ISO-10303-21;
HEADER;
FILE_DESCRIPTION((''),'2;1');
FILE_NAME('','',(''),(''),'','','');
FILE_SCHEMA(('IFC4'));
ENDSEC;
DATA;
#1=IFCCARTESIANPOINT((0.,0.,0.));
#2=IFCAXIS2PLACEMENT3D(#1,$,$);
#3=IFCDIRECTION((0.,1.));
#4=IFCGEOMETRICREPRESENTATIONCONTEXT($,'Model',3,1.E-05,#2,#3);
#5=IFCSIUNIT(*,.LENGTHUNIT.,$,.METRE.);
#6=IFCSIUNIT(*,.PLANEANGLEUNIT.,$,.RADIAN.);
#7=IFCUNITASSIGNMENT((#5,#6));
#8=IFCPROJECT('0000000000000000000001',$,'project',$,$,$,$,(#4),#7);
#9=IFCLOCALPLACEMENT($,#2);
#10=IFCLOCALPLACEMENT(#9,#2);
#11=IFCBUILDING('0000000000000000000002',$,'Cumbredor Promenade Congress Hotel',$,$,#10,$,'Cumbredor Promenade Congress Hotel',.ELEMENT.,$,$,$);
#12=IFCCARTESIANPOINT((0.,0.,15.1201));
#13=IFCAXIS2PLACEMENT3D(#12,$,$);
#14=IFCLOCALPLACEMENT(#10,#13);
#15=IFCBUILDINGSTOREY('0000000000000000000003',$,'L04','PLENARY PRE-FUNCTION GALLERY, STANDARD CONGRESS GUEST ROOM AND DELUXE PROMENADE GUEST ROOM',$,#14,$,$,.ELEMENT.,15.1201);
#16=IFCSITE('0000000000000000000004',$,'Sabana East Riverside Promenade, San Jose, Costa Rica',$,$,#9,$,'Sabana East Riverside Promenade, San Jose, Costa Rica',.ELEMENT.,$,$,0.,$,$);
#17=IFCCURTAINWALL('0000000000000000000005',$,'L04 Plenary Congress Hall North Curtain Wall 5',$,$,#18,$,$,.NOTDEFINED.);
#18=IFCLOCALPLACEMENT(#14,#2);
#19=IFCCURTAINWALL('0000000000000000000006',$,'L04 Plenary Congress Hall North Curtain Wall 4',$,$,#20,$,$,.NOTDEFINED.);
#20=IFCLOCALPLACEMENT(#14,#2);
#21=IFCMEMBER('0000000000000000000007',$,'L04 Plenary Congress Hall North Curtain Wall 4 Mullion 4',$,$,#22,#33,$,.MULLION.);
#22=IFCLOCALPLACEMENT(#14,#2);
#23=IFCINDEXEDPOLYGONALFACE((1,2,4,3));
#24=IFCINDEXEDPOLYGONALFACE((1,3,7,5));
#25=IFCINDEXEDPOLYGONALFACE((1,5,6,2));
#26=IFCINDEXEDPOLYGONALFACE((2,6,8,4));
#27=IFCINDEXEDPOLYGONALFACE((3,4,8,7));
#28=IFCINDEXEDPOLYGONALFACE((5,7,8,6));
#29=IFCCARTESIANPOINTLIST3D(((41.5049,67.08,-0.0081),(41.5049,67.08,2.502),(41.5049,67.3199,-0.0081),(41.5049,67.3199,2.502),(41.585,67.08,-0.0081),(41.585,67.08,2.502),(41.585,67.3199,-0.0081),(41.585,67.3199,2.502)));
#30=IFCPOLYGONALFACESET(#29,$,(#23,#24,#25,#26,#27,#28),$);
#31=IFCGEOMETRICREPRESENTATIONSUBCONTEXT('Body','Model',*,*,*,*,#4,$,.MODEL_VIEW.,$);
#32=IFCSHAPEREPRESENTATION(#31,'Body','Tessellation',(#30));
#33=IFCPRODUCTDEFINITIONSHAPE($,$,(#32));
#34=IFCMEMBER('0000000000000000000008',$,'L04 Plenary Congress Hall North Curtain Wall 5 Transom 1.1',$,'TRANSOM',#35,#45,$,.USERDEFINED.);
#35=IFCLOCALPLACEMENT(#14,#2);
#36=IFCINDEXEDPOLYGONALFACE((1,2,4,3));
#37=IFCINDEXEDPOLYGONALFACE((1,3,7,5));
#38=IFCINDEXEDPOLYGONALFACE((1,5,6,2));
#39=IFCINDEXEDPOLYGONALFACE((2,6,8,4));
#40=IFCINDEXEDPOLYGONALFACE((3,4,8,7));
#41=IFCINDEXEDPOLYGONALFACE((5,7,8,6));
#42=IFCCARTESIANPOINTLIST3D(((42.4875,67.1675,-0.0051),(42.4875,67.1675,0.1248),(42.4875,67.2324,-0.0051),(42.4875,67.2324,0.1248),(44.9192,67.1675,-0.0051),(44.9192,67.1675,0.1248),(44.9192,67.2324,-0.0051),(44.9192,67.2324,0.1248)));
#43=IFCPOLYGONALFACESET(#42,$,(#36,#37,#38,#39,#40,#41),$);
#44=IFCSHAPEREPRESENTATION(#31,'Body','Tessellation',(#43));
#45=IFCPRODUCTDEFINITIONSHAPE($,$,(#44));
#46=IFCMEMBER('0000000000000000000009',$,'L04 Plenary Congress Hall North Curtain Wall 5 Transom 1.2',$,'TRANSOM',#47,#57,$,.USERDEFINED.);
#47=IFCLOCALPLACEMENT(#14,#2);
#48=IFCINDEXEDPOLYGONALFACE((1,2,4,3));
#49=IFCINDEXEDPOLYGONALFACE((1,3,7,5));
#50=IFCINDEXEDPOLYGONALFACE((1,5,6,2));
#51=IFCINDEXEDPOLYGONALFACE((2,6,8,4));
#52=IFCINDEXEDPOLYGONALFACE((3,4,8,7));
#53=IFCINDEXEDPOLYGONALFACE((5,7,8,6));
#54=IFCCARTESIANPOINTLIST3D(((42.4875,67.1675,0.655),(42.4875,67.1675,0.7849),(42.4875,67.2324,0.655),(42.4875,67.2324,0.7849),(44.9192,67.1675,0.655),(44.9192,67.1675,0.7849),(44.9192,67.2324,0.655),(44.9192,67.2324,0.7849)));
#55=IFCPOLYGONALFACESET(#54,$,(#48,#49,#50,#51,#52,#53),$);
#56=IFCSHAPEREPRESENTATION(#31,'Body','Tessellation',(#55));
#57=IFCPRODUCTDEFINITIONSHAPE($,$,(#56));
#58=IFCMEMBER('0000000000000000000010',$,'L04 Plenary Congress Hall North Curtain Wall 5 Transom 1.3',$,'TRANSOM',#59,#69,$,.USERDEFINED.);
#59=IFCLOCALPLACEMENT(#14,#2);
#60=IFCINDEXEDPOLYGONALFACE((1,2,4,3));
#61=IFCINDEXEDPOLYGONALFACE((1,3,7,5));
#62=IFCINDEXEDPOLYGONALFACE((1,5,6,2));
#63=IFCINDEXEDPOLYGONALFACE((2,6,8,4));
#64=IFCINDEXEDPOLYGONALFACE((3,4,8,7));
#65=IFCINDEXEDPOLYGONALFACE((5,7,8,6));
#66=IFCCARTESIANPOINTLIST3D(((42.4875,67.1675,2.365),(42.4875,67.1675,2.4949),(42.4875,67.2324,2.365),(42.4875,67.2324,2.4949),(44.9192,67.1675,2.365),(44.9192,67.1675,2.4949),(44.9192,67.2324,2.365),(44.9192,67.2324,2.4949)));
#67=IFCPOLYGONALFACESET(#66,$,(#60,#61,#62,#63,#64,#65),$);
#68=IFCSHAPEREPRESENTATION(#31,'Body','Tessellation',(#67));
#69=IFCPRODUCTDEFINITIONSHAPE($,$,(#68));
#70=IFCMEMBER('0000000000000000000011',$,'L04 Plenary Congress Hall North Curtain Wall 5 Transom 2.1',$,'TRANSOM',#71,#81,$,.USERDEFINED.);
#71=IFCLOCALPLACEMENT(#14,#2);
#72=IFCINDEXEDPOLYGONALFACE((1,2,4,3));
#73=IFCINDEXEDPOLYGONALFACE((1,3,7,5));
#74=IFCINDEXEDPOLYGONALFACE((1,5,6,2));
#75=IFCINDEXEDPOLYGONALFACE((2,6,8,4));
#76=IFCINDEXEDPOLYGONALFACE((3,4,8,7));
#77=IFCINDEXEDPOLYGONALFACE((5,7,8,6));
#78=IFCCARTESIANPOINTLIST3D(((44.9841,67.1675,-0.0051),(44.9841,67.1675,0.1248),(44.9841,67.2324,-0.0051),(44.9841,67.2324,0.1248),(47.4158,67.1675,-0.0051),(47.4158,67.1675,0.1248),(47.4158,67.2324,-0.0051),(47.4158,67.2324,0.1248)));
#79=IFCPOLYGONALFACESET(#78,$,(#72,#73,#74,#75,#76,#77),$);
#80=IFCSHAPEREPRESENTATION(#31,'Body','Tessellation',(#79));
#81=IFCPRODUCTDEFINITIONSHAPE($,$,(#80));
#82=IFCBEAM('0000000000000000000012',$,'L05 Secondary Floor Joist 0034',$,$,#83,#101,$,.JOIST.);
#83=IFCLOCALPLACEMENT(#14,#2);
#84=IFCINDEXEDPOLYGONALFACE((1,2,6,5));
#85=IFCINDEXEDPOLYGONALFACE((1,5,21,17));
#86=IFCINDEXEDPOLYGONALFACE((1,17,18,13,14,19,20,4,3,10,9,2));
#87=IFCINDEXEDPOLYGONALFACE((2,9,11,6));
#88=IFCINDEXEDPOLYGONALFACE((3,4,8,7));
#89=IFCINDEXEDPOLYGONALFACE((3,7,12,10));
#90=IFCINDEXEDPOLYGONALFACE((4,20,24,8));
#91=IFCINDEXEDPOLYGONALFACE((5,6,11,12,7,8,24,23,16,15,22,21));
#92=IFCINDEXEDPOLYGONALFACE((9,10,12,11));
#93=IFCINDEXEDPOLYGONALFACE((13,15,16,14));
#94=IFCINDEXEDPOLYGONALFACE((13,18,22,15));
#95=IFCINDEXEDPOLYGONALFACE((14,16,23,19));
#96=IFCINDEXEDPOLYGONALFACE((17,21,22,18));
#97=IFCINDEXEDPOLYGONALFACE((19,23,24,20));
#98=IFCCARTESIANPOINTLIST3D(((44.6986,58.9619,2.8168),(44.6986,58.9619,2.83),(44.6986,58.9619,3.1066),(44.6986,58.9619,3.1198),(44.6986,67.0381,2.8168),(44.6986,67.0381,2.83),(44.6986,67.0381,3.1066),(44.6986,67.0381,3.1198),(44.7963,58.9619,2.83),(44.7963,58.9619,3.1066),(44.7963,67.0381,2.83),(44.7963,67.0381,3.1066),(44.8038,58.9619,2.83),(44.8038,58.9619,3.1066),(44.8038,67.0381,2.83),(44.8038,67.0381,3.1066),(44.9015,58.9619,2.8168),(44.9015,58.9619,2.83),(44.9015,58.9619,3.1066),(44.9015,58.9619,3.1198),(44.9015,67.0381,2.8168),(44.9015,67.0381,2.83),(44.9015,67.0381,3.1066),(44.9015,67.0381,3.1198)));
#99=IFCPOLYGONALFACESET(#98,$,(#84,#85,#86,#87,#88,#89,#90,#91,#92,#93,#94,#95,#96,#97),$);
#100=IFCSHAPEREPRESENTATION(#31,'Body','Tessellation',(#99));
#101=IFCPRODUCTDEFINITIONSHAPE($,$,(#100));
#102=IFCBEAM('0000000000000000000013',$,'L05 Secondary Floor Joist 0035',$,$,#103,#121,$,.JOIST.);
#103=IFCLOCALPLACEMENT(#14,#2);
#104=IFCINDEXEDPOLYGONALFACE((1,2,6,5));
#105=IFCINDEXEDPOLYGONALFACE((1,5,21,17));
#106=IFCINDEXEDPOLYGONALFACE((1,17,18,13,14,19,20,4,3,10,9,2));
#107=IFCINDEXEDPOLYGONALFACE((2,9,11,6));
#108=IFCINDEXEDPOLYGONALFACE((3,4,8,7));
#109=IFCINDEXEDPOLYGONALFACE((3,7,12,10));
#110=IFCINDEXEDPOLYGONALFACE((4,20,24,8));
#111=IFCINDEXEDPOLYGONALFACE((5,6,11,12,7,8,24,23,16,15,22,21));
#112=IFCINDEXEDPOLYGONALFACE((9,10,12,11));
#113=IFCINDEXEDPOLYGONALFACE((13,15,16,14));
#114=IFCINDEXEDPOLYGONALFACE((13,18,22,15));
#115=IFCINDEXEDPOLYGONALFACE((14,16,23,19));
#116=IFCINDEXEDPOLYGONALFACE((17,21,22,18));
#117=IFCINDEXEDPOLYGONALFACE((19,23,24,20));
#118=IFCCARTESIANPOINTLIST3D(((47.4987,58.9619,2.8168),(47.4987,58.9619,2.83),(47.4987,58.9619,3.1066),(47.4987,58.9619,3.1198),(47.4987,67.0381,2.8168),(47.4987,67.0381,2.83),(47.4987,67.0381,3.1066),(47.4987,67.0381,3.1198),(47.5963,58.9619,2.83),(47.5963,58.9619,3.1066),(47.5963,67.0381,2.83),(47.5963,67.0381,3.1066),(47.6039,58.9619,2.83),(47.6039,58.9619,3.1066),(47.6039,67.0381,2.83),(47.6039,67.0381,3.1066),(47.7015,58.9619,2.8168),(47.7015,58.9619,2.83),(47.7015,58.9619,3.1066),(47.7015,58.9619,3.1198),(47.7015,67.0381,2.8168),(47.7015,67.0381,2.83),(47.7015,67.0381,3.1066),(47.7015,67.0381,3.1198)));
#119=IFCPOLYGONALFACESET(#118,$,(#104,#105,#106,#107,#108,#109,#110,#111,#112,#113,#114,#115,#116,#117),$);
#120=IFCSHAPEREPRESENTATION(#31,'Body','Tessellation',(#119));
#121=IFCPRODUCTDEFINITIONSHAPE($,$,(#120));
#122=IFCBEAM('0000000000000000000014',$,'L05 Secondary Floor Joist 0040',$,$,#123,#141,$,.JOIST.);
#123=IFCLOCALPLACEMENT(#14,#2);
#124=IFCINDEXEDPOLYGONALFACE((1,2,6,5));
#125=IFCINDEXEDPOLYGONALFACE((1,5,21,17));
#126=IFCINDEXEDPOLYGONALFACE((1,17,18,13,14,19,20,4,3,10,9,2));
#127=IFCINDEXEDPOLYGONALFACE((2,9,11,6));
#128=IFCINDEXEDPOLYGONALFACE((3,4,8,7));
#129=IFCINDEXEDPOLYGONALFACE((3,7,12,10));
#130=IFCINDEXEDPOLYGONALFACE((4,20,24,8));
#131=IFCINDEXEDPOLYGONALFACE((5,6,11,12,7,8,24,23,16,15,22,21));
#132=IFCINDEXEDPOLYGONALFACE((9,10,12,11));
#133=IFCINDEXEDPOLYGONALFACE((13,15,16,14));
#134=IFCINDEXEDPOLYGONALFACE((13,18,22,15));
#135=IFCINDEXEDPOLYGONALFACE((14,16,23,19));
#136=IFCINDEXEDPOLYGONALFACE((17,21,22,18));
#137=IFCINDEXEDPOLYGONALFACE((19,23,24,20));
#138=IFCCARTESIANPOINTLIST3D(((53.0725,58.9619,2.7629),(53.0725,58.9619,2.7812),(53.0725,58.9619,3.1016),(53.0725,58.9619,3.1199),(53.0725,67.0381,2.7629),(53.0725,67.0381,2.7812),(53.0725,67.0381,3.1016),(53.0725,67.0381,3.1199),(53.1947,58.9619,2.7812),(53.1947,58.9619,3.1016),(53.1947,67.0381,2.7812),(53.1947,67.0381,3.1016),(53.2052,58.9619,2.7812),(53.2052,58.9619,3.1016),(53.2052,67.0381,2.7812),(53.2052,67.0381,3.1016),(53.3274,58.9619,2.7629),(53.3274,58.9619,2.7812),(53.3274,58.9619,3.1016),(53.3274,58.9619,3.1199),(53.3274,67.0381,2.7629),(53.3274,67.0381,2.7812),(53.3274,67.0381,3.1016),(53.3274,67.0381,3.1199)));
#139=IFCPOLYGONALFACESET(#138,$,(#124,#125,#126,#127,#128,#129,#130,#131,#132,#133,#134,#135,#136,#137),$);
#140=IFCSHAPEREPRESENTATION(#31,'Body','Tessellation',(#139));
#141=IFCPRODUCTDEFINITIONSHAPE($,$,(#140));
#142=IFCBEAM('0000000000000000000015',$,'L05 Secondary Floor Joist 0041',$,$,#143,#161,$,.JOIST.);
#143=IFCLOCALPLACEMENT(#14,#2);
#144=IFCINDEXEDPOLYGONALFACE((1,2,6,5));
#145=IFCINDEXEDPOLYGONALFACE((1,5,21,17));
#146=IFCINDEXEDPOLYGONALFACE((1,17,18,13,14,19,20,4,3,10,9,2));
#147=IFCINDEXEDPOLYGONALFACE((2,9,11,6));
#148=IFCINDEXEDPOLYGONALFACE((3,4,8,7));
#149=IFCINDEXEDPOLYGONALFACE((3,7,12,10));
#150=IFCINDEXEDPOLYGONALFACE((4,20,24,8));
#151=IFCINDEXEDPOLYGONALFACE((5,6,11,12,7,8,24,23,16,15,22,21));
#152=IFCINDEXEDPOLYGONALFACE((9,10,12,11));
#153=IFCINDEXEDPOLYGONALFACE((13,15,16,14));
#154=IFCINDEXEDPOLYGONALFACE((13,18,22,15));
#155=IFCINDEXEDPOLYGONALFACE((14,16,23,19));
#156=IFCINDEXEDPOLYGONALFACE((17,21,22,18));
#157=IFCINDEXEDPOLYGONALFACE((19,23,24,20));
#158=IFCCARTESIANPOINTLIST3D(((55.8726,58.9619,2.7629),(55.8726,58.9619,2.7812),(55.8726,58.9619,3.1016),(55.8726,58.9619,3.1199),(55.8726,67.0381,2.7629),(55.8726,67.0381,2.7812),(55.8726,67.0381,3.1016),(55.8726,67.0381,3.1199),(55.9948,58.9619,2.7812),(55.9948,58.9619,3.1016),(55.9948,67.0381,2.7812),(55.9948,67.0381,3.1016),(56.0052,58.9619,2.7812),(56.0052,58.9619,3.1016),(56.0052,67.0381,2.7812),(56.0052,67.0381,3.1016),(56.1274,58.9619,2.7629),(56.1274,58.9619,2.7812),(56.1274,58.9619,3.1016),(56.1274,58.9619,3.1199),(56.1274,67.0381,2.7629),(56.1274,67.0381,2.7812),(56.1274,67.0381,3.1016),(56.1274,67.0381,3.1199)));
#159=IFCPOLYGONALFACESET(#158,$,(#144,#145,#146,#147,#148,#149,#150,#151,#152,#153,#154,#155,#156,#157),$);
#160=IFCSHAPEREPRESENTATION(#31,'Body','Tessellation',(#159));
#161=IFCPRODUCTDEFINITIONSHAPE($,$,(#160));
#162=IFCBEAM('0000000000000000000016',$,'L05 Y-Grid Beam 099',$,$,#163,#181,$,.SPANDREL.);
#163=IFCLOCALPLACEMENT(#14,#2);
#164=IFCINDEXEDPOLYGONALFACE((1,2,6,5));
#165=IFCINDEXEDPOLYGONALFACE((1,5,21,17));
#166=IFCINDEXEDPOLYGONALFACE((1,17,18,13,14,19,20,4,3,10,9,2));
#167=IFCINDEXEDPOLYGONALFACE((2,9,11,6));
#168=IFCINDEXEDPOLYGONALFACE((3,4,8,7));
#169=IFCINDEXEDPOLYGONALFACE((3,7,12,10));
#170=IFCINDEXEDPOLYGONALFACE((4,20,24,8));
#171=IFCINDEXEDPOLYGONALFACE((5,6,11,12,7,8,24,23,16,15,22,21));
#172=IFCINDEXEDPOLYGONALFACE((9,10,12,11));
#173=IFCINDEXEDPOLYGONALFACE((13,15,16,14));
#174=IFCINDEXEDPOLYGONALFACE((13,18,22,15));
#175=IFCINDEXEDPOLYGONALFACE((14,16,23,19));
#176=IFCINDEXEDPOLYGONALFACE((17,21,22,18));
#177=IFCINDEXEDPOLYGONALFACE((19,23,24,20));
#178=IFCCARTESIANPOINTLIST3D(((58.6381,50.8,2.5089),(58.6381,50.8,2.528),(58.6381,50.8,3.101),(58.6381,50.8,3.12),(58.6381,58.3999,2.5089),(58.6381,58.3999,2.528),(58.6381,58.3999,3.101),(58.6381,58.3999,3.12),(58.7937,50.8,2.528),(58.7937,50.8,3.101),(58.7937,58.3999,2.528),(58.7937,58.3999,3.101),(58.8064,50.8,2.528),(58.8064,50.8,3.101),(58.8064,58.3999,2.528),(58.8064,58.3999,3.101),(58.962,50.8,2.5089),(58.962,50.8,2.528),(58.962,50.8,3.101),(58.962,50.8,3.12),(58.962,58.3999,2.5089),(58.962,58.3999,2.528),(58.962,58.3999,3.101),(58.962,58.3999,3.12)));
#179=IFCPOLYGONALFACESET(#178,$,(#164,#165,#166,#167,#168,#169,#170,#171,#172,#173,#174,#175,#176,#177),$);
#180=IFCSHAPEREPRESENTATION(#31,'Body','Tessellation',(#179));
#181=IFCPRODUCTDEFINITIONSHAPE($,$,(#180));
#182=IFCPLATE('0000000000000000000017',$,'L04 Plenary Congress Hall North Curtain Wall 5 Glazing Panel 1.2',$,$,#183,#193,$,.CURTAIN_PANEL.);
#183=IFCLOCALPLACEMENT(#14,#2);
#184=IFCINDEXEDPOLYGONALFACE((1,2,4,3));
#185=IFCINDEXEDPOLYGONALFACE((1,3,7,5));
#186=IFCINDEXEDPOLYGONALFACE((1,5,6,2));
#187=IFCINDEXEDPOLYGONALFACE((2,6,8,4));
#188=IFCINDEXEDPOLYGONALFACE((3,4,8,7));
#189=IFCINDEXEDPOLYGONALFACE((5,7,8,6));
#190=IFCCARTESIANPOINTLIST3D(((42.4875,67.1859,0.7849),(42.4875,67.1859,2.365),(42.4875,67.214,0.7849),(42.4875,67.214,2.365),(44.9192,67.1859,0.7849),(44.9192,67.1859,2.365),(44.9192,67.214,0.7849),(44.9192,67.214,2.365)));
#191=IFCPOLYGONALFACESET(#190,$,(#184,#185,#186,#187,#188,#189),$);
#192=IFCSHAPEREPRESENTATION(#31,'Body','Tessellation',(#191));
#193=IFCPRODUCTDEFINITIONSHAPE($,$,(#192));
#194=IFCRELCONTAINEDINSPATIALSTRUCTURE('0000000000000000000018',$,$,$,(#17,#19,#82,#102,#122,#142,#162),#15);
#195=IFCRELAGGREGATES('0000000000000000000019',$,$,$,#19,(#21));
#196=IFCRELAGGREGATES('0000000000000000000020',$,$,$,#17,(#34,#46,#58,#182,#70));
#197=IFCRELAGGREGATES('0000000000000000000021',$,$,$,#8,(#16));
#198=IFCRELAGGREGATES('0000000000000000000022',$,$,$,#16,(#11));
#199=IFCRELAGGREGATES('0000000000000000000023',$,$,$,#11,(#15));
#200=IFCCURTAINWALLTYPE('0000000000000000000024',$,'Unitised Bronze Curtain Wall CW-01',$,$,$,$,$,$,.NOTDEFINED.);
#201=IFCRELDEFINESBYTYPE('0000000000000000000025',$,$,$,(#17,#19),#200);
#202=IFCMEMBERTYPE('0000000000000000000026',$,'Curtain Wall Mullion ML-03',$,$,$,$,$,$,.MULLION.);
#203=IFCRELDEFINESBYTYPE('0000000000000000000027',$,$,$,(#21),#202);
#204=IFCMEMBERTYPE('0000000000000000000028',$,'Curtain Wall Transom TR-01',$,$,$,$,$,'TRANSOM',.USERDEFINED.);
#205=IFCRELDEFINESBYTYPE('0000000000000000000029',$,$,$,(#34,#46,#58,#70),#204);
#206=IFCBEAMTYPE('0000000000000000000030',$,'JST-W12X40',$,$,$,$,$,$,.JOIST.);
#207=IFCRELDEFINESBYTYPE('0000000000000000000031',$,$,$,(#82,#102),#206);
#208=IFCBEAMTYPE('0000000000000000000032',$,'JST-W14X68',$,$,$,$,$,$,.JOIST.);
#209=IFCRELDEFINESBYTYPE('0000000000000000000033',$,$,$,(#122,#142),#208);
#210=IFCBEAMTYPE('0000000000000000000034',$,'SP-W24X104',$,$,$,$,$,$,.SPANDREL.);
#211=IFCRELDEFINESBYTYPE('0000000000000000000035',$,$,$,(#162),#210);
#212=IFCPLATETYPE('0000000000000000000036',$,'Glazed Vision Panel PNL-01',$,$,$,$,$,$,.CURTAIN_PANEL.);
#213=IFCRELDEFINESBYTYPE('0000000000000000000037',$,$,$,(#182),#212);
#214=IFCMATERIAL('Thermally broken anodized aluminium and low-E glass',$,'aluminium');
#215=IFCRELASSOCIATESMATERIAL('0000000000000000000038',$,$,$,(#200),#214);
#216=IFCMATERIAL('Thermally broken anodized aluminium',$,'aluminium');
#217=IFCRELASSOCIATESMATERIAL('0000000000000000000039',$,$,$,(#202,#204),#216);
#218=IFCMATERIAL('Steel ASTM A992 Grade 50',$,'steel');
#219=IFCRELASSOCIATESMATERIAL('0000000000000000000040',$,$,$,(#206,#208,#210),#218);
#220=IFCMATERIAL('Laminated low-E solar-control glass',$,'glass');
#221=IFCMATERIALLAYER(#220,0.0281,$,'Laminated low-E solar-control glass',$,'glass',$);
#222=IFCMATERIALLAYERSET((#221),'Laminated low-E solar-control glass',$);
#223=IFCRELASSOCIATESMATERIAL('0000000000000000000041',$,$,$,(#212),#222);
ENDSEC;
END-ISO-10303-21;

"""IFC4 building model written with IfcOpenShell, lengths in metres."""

from ifc_helpers import new_model, si_unit, direction, frame, origin, origin_2d, place, context, subcontext, project, spatial, rectangle, i_section, extrude, material, layer, layer_set, material_profile, profile_set, type_object, element, aggregate, save


model = new_model("IFC4")

# Units and contexts
model_context = context("Model", 3, precision=1e-05, world=origin(), true_north=direction((0.0, 1.0)))
body_context = subcontext(model_context, "Body", "Model", "MODEL_VIEW")
ifc_project = project(units=[si_unit("LENGTHUNIT", "METRE"), si_unit("PLANEANGLEUNIT", "RADIAN")], contexts=[model_context])

# Site, building, storey
site_placement = place(None, origin())
site = spatial("IfcSite", under=ifc_project, at=site_placement, Name="Sabana East Riverside Promenade, San Jose, Costa Rica", LongName="Sabana East Riverside Promenade, San Jose, Costa Rica", CompositionType="ELEMENT", RefElevation=0.0)
building_placement = place(site_placement, origin())
building = spatial("IfcBuilding", under=site, at=building_placement, Name="Cumbredor Promenade Congress Hotel", LongName="Cumbredor Promenade Congress Hotel", CompositionType="ELEMENT")
storey_placement = place(building_placement, frame((0.0, 0.0, 15.1201)))
storey = spatial("IfcBuildingStorey", under=building, at=storey_placement, Name="L04", Description="PLENARY PRE-FUNCTION GALLERY, STANDARD CONGRESS GUEST ROOM AND DELUXE PROMENADE GUEST ROOM", CompositionType="ELEMENT", Elevation=15.1201)

# Shared definitions
ifc_material_1 = material(Name="Steel ASTM A992 Grade 50", Category="steel")

# Curtain wall
ifc_material_2 = material(Name="Thermally broken anodized aluminium and low-E glass", Category="aluminium")
curtain_wall_type = type_object("IfcCurtainWallType", Name="Unitised Bronze Curtain Wall CW-01", PredefinedType="NOTDEFINED", material=ifc_material_2)
curtain_wall_1_placement = place(storey_placement, origin())
curtain_wall_1 = element("IfcCurtainWall", 1, at=curtain_wall_1_placement, inside=storey, type_object=curtain_wall_type, Name="L04 Plenary Congress Hall North Curtain Wall 5", PredefinedType="NOTDEFINED")
ifc_material_3 = material(Name="Thermally broken anodized aluminium", Category="aluminium")

# Curtain wall, member
curtain_wall_2_placement = place(storey_placement, origin())
curtain_wall_2 = element("IfcCurtainWall", 2, at=curtain_wall_2_placement, inside=storey, type_object=curtain_wall_type, Name="L04 Plenary Congress Hall North Curtain Wall 4", PredefinedType="NOTDEFINED")
ifc_material_profile_1 = material_profile(ifc_material_3, rectangle(XDim=0.0801, YDim=0.24, at=origin_2d()), Name="ALU MULLION 80x240")
ifc_profile_set_1 = profile_set([ifc_material_profile_1], Name="Thermally broken anodized aluminium")
member_type_1 = type_object("IfcMemberType", Name="Curtain Wall Mullion ML-03", PredefinedType="MULLION", material=ifc_profile_set_1)
member_1_placement = place(storey_placement, frame((41.5449, 67.2, -0.0081), z_axis=(0.0, 0.0, 1.0), x_axis=(1.0, 0.0, 0.0)))
member_1 = element("IfcMember", 3, at=member_1_placement, type_object=member_type_1, Name="L04 Plenary Congress Hall North Curtain Wall 4 Mullion 4", PredefinedType="MULLION", context=body_context, shape_type="SweptSolid", body=[
    extrude(rectangle(XDim=0.0801, YDim=0.24, at=origin_2d()), origin(), (0.0, 0.0, 1.0), 2.51),
])

# Members
ifc_material_profile_2 = material_profile(ifc_material_3, rectangle(XDim=0.0649, YDim=0.1299, at=origin_2d()), Name="ALU TRANSOM 65x130")
ifc_profile_set_2 = profile_set([ifc_material_profile_2], Name="Thermally broken anodized aluminium")
member_type_2 = type_object("IfcMemberType", Name="Curtain Wall Transom TR-01", ElementType="TRANSOM", PredefinedType="USERDEFINED", material=ifc_profile_set_2)
member_2_placement = place(storey_placement, frame((42.4875, 67.2, 0.0598), z_axis=(1.0, 0.0, 0.0), x_axis=(0.0, 1.0, 0.0)))
member_2 = element("IfcMember", 4, at=member_2_placement, type_object=member_type_2, Name="L04 Plenary Congress Hall North Curtain Wall 5 Transom 1.1", ObjectType="TRANSOM", PredefinedType="USERDEFINED", context=body_context, shape_type="SweptSolid", body=[
    extrude(rectangle(XDim=0.0649, YDim=0.1299, at=origin_2d()), origin(), (0.0, 0.0, 1.0), 2.4316),
])
member_3_placement = place(storey_placement, frame((42.4875, 67.2, 0.72), z_axis=(1.0, 0.0, 0.0), x_axis=(0.0, 1.0, 0.0)))
member_3 = element("IfcMember", 5, at=member_3_placement, type_object=member_type_2, Name="L04 Plenary Congress Hall North Curtain Wall 5 Transom 1.2", ObjectType="TRANSOM", PredefinedType="USERDEFINED", context=body_context, shape_type="SweptSolid", body=[
    extrude(rectangle(XDim=0.0649, YDim=0.1299, at=origin_2d()), origin(), (0.0, 0.0, 1.0), 2.4316),
])
member_4_placement = place(storey_placement, frame((42.4875, 67.2, 2.4299), z_axis=(1.0, 0.0, 0.0), x_axis=(0.0, 1.0, 0.0)))
member_4 = element("IfcMember", 6, at=member_4_placement, type_object=member_type_2, Name="L04 Plenary Congress Hall North Curtain Wall 5 Transom 1.3", ObjectType="TRANSOM", PredefinedType="USERDEFINED", context=body_context, shape_type="SweptSolid", body=[
    extrude(rectangle(XDim=0.0649, YDim=0.1299, at=origin_2d()), origin(), (0.0, 0.0, 1.0), 2.4316),
])
member_5_placement = place(storey_placement, frame((44.9841, 67.2, 0.0598), z_axis=(1.0, 0.0, 0.0), x_axis=(0.0, 1.0, 0.0)))
member_5 = element("IfcMember", 7, at=member_5_placement, type_object=member_type_2, Name="L04 Plenary Congress Hall North Curtain Wall 5 Transom 2.1", ObjectType="TRANSOM", PredefinedType="USERDEFINED", context=body_context, shape_type="SweptSolid", body=[
    extrude(rectangle(XDim=0.0649, YDim=0.1299, at=origin_2d()), origin(), (0.0, 0.0, 1.0), 2.4316),
])

# Beams
ifc_material_profile_3 = material_profile(ifc_material_1, i_section(OverallWidth=0.2029, OverallDepth=0.303, WebThickness=0.0076, FlangeThickness=0.0132, at=origin_2d()), Name="W12X40")
ifc_profile_set_3 = profile_set([ifc_material_profile_3], Name="Steel ASTM A992 Grade 50")
beam_type_1 = type_object("IfcBeamType", Name="JST-W12X40", PredefinedType="JOIST", material=ifc_profile_set_3)
for number, where, z_axis, x_axis, name in (
    (8, (44.8, 58.9619, 2.9683), (0.0, 1.0, 0.0), (-1.0, 0.0, 0.0), "L05 Secondary Floor Joist 0034"),
    (9, (47.6001, 58.9619, 2.9683), (0.0, 1.0, 0.0), (-1.0, 0.0, 0.0), "L05 Secondary Floor Joist 0035"),
):
    element("IfcBeam", number, at=place(storey_placement, frame(where, z_axis=z_axis, x_axis=x_axis)), inside=storey, type_object=beam_type_1, Name=name, PredefinedType="JOIST", context=body_context, shape_type="SweptSolid", body=[
        extrude(i_section(OverallWidth=0.2029, OverallDepth=0.303, WebThickness=0.0076, FlangeThickness=0.0132, at=origin_2d()), origin(), (0.0, 0.0, 1.0), 8.0762),
    ])
ifc_material_profile_4 = material_profile(ifc_material_1, i_section(OverallWidth=0.2549, OverallDepth=0.3569, WebThickness=0.0105, FlangeThickness=0.0183, at=origin_2d()), Name="W14X68")
ifc_profile_set_4 = profile_set([ifc_material_profile_4], Name="Steel ASTM A992 Grade 50")
beam_type_2 = type_object("IfcBeamType", Name="JST-W14X68", PredefinedType="JOIST", material=ifc_profile_set_4)
for number, where, z_axis, x_axis, name in (
    (10, (53.2, 58.9619, 2.9414), (0.0, 1.0, 0.0), (-1.0, 0.0, 0.0), "L05 Secondary Floor Joist 0040"),
    (11, (56.0, 58.9619, 2.9414), (0.0, 1.0, 0.0), (-1.0, 0.0, 0.0), "L05 Secondary Floor Joist 0041"),
):
    element("IfcBeam", number, at=place(storey_placement, frame(where, z_axis=z_axis, x_axis=x_axis)), inside=storey, type_object=beam_type_2, Name=name, PredefinedType="JOIST", context=body_context, shape_type="SweptSolid", body=[
        extrude(i_section(OverallWidth=0.2549, OverallDepth=0.3569, WebThickness=0.0105, FlangeThickness=0.0183, at=origin_2d()), origin(), (0.0, 0.0, 1.0), 8.0762),
    ])
ifc_material_profile_5 = material_profile(ifc_material_1, i_section(OverallWidth=0.324, OverallDepth=0.6111, WebThickness=0.0127, FlangeThickness=0.019, at=origin_2d()), Name="W24X104")
ifc_profile_set_5 = profile_set([ifc_material_profile_5], Name="Steel ASTM A992 Grade 50")
beam_type_3 = type_object("IfcBeamType", Name="SP-W24X104", PredefinedType="SPANDREL", material=ifc_profile_set_5)
beam_1_placement = place(storey_placement, frame((58.8, 50.8, 2.8145), z_axis=(0.0, 1.0, 0.0), x_axis=(-1.0, 0.0, 0.0)))
element("IfcBeam", 12, at=beam_1_placement, inside=storey, type_object=beam_type_3, Name="L05 Y-Grid Beam 099", PredefinedType="SPANDREL", context=body_context, shape_type="SweptSolid", body=[
    extrude(i_section(OverallWidth=0.324, OverallDepth=0.6111, WebThickness=0.0127, FlangeThickness=0.019, at=origin_2d()), origin(), (0.0, 0.0, 1.0), 7.5999),
])

# Plate
ifc_material_4 = material(Name="Laminated low-E solar-control glass", Category="glass")
ifc_layer_1 = layer(ifc_material_4, 0.0281, Name="Laminated low-E solar-control glass", Category="glass")
ifc_layer_set_1 = layer_set([ifc_layer_1], Name="Laminated low-E solar-control glass")
plate_type_1 = type_object("IfcPlateType", Name="Glazed Vision Panel PNL-01", PredefinedType="CURTAIN_PANEL", material=ifc_layer_set_1)
plate_1_placement = place(storey_placement, frame((43.7034, 67.2, 0.7849), z_axis=(0.0, 0.0, 1.0), x_axis=(1.0, 0.0, 0.0)))
plate_1 = element("IfcPlate", 13, at=plate_1_placement, type_object=plate_type_1, Name="L04 Plenary Congress Hall North Curtain Wall 5 Glazing Panel 1.2", PredefinedType="CURTAIN_PANEL", context=body_context, shape_type="SweptSolid", body=[
    extrude(rectangle(XDim=2.4316, YDim=0.0281, at=origin_2d()), origin(), (0.0, 0.0, 1.0), 1.5801),
])
aggregate(curtain_wall_2, [member_1])
aggregate(curtain_wall_1, [member_2, member_3, member_4, plate_1, member_5])

save(model, "model.ifc")
